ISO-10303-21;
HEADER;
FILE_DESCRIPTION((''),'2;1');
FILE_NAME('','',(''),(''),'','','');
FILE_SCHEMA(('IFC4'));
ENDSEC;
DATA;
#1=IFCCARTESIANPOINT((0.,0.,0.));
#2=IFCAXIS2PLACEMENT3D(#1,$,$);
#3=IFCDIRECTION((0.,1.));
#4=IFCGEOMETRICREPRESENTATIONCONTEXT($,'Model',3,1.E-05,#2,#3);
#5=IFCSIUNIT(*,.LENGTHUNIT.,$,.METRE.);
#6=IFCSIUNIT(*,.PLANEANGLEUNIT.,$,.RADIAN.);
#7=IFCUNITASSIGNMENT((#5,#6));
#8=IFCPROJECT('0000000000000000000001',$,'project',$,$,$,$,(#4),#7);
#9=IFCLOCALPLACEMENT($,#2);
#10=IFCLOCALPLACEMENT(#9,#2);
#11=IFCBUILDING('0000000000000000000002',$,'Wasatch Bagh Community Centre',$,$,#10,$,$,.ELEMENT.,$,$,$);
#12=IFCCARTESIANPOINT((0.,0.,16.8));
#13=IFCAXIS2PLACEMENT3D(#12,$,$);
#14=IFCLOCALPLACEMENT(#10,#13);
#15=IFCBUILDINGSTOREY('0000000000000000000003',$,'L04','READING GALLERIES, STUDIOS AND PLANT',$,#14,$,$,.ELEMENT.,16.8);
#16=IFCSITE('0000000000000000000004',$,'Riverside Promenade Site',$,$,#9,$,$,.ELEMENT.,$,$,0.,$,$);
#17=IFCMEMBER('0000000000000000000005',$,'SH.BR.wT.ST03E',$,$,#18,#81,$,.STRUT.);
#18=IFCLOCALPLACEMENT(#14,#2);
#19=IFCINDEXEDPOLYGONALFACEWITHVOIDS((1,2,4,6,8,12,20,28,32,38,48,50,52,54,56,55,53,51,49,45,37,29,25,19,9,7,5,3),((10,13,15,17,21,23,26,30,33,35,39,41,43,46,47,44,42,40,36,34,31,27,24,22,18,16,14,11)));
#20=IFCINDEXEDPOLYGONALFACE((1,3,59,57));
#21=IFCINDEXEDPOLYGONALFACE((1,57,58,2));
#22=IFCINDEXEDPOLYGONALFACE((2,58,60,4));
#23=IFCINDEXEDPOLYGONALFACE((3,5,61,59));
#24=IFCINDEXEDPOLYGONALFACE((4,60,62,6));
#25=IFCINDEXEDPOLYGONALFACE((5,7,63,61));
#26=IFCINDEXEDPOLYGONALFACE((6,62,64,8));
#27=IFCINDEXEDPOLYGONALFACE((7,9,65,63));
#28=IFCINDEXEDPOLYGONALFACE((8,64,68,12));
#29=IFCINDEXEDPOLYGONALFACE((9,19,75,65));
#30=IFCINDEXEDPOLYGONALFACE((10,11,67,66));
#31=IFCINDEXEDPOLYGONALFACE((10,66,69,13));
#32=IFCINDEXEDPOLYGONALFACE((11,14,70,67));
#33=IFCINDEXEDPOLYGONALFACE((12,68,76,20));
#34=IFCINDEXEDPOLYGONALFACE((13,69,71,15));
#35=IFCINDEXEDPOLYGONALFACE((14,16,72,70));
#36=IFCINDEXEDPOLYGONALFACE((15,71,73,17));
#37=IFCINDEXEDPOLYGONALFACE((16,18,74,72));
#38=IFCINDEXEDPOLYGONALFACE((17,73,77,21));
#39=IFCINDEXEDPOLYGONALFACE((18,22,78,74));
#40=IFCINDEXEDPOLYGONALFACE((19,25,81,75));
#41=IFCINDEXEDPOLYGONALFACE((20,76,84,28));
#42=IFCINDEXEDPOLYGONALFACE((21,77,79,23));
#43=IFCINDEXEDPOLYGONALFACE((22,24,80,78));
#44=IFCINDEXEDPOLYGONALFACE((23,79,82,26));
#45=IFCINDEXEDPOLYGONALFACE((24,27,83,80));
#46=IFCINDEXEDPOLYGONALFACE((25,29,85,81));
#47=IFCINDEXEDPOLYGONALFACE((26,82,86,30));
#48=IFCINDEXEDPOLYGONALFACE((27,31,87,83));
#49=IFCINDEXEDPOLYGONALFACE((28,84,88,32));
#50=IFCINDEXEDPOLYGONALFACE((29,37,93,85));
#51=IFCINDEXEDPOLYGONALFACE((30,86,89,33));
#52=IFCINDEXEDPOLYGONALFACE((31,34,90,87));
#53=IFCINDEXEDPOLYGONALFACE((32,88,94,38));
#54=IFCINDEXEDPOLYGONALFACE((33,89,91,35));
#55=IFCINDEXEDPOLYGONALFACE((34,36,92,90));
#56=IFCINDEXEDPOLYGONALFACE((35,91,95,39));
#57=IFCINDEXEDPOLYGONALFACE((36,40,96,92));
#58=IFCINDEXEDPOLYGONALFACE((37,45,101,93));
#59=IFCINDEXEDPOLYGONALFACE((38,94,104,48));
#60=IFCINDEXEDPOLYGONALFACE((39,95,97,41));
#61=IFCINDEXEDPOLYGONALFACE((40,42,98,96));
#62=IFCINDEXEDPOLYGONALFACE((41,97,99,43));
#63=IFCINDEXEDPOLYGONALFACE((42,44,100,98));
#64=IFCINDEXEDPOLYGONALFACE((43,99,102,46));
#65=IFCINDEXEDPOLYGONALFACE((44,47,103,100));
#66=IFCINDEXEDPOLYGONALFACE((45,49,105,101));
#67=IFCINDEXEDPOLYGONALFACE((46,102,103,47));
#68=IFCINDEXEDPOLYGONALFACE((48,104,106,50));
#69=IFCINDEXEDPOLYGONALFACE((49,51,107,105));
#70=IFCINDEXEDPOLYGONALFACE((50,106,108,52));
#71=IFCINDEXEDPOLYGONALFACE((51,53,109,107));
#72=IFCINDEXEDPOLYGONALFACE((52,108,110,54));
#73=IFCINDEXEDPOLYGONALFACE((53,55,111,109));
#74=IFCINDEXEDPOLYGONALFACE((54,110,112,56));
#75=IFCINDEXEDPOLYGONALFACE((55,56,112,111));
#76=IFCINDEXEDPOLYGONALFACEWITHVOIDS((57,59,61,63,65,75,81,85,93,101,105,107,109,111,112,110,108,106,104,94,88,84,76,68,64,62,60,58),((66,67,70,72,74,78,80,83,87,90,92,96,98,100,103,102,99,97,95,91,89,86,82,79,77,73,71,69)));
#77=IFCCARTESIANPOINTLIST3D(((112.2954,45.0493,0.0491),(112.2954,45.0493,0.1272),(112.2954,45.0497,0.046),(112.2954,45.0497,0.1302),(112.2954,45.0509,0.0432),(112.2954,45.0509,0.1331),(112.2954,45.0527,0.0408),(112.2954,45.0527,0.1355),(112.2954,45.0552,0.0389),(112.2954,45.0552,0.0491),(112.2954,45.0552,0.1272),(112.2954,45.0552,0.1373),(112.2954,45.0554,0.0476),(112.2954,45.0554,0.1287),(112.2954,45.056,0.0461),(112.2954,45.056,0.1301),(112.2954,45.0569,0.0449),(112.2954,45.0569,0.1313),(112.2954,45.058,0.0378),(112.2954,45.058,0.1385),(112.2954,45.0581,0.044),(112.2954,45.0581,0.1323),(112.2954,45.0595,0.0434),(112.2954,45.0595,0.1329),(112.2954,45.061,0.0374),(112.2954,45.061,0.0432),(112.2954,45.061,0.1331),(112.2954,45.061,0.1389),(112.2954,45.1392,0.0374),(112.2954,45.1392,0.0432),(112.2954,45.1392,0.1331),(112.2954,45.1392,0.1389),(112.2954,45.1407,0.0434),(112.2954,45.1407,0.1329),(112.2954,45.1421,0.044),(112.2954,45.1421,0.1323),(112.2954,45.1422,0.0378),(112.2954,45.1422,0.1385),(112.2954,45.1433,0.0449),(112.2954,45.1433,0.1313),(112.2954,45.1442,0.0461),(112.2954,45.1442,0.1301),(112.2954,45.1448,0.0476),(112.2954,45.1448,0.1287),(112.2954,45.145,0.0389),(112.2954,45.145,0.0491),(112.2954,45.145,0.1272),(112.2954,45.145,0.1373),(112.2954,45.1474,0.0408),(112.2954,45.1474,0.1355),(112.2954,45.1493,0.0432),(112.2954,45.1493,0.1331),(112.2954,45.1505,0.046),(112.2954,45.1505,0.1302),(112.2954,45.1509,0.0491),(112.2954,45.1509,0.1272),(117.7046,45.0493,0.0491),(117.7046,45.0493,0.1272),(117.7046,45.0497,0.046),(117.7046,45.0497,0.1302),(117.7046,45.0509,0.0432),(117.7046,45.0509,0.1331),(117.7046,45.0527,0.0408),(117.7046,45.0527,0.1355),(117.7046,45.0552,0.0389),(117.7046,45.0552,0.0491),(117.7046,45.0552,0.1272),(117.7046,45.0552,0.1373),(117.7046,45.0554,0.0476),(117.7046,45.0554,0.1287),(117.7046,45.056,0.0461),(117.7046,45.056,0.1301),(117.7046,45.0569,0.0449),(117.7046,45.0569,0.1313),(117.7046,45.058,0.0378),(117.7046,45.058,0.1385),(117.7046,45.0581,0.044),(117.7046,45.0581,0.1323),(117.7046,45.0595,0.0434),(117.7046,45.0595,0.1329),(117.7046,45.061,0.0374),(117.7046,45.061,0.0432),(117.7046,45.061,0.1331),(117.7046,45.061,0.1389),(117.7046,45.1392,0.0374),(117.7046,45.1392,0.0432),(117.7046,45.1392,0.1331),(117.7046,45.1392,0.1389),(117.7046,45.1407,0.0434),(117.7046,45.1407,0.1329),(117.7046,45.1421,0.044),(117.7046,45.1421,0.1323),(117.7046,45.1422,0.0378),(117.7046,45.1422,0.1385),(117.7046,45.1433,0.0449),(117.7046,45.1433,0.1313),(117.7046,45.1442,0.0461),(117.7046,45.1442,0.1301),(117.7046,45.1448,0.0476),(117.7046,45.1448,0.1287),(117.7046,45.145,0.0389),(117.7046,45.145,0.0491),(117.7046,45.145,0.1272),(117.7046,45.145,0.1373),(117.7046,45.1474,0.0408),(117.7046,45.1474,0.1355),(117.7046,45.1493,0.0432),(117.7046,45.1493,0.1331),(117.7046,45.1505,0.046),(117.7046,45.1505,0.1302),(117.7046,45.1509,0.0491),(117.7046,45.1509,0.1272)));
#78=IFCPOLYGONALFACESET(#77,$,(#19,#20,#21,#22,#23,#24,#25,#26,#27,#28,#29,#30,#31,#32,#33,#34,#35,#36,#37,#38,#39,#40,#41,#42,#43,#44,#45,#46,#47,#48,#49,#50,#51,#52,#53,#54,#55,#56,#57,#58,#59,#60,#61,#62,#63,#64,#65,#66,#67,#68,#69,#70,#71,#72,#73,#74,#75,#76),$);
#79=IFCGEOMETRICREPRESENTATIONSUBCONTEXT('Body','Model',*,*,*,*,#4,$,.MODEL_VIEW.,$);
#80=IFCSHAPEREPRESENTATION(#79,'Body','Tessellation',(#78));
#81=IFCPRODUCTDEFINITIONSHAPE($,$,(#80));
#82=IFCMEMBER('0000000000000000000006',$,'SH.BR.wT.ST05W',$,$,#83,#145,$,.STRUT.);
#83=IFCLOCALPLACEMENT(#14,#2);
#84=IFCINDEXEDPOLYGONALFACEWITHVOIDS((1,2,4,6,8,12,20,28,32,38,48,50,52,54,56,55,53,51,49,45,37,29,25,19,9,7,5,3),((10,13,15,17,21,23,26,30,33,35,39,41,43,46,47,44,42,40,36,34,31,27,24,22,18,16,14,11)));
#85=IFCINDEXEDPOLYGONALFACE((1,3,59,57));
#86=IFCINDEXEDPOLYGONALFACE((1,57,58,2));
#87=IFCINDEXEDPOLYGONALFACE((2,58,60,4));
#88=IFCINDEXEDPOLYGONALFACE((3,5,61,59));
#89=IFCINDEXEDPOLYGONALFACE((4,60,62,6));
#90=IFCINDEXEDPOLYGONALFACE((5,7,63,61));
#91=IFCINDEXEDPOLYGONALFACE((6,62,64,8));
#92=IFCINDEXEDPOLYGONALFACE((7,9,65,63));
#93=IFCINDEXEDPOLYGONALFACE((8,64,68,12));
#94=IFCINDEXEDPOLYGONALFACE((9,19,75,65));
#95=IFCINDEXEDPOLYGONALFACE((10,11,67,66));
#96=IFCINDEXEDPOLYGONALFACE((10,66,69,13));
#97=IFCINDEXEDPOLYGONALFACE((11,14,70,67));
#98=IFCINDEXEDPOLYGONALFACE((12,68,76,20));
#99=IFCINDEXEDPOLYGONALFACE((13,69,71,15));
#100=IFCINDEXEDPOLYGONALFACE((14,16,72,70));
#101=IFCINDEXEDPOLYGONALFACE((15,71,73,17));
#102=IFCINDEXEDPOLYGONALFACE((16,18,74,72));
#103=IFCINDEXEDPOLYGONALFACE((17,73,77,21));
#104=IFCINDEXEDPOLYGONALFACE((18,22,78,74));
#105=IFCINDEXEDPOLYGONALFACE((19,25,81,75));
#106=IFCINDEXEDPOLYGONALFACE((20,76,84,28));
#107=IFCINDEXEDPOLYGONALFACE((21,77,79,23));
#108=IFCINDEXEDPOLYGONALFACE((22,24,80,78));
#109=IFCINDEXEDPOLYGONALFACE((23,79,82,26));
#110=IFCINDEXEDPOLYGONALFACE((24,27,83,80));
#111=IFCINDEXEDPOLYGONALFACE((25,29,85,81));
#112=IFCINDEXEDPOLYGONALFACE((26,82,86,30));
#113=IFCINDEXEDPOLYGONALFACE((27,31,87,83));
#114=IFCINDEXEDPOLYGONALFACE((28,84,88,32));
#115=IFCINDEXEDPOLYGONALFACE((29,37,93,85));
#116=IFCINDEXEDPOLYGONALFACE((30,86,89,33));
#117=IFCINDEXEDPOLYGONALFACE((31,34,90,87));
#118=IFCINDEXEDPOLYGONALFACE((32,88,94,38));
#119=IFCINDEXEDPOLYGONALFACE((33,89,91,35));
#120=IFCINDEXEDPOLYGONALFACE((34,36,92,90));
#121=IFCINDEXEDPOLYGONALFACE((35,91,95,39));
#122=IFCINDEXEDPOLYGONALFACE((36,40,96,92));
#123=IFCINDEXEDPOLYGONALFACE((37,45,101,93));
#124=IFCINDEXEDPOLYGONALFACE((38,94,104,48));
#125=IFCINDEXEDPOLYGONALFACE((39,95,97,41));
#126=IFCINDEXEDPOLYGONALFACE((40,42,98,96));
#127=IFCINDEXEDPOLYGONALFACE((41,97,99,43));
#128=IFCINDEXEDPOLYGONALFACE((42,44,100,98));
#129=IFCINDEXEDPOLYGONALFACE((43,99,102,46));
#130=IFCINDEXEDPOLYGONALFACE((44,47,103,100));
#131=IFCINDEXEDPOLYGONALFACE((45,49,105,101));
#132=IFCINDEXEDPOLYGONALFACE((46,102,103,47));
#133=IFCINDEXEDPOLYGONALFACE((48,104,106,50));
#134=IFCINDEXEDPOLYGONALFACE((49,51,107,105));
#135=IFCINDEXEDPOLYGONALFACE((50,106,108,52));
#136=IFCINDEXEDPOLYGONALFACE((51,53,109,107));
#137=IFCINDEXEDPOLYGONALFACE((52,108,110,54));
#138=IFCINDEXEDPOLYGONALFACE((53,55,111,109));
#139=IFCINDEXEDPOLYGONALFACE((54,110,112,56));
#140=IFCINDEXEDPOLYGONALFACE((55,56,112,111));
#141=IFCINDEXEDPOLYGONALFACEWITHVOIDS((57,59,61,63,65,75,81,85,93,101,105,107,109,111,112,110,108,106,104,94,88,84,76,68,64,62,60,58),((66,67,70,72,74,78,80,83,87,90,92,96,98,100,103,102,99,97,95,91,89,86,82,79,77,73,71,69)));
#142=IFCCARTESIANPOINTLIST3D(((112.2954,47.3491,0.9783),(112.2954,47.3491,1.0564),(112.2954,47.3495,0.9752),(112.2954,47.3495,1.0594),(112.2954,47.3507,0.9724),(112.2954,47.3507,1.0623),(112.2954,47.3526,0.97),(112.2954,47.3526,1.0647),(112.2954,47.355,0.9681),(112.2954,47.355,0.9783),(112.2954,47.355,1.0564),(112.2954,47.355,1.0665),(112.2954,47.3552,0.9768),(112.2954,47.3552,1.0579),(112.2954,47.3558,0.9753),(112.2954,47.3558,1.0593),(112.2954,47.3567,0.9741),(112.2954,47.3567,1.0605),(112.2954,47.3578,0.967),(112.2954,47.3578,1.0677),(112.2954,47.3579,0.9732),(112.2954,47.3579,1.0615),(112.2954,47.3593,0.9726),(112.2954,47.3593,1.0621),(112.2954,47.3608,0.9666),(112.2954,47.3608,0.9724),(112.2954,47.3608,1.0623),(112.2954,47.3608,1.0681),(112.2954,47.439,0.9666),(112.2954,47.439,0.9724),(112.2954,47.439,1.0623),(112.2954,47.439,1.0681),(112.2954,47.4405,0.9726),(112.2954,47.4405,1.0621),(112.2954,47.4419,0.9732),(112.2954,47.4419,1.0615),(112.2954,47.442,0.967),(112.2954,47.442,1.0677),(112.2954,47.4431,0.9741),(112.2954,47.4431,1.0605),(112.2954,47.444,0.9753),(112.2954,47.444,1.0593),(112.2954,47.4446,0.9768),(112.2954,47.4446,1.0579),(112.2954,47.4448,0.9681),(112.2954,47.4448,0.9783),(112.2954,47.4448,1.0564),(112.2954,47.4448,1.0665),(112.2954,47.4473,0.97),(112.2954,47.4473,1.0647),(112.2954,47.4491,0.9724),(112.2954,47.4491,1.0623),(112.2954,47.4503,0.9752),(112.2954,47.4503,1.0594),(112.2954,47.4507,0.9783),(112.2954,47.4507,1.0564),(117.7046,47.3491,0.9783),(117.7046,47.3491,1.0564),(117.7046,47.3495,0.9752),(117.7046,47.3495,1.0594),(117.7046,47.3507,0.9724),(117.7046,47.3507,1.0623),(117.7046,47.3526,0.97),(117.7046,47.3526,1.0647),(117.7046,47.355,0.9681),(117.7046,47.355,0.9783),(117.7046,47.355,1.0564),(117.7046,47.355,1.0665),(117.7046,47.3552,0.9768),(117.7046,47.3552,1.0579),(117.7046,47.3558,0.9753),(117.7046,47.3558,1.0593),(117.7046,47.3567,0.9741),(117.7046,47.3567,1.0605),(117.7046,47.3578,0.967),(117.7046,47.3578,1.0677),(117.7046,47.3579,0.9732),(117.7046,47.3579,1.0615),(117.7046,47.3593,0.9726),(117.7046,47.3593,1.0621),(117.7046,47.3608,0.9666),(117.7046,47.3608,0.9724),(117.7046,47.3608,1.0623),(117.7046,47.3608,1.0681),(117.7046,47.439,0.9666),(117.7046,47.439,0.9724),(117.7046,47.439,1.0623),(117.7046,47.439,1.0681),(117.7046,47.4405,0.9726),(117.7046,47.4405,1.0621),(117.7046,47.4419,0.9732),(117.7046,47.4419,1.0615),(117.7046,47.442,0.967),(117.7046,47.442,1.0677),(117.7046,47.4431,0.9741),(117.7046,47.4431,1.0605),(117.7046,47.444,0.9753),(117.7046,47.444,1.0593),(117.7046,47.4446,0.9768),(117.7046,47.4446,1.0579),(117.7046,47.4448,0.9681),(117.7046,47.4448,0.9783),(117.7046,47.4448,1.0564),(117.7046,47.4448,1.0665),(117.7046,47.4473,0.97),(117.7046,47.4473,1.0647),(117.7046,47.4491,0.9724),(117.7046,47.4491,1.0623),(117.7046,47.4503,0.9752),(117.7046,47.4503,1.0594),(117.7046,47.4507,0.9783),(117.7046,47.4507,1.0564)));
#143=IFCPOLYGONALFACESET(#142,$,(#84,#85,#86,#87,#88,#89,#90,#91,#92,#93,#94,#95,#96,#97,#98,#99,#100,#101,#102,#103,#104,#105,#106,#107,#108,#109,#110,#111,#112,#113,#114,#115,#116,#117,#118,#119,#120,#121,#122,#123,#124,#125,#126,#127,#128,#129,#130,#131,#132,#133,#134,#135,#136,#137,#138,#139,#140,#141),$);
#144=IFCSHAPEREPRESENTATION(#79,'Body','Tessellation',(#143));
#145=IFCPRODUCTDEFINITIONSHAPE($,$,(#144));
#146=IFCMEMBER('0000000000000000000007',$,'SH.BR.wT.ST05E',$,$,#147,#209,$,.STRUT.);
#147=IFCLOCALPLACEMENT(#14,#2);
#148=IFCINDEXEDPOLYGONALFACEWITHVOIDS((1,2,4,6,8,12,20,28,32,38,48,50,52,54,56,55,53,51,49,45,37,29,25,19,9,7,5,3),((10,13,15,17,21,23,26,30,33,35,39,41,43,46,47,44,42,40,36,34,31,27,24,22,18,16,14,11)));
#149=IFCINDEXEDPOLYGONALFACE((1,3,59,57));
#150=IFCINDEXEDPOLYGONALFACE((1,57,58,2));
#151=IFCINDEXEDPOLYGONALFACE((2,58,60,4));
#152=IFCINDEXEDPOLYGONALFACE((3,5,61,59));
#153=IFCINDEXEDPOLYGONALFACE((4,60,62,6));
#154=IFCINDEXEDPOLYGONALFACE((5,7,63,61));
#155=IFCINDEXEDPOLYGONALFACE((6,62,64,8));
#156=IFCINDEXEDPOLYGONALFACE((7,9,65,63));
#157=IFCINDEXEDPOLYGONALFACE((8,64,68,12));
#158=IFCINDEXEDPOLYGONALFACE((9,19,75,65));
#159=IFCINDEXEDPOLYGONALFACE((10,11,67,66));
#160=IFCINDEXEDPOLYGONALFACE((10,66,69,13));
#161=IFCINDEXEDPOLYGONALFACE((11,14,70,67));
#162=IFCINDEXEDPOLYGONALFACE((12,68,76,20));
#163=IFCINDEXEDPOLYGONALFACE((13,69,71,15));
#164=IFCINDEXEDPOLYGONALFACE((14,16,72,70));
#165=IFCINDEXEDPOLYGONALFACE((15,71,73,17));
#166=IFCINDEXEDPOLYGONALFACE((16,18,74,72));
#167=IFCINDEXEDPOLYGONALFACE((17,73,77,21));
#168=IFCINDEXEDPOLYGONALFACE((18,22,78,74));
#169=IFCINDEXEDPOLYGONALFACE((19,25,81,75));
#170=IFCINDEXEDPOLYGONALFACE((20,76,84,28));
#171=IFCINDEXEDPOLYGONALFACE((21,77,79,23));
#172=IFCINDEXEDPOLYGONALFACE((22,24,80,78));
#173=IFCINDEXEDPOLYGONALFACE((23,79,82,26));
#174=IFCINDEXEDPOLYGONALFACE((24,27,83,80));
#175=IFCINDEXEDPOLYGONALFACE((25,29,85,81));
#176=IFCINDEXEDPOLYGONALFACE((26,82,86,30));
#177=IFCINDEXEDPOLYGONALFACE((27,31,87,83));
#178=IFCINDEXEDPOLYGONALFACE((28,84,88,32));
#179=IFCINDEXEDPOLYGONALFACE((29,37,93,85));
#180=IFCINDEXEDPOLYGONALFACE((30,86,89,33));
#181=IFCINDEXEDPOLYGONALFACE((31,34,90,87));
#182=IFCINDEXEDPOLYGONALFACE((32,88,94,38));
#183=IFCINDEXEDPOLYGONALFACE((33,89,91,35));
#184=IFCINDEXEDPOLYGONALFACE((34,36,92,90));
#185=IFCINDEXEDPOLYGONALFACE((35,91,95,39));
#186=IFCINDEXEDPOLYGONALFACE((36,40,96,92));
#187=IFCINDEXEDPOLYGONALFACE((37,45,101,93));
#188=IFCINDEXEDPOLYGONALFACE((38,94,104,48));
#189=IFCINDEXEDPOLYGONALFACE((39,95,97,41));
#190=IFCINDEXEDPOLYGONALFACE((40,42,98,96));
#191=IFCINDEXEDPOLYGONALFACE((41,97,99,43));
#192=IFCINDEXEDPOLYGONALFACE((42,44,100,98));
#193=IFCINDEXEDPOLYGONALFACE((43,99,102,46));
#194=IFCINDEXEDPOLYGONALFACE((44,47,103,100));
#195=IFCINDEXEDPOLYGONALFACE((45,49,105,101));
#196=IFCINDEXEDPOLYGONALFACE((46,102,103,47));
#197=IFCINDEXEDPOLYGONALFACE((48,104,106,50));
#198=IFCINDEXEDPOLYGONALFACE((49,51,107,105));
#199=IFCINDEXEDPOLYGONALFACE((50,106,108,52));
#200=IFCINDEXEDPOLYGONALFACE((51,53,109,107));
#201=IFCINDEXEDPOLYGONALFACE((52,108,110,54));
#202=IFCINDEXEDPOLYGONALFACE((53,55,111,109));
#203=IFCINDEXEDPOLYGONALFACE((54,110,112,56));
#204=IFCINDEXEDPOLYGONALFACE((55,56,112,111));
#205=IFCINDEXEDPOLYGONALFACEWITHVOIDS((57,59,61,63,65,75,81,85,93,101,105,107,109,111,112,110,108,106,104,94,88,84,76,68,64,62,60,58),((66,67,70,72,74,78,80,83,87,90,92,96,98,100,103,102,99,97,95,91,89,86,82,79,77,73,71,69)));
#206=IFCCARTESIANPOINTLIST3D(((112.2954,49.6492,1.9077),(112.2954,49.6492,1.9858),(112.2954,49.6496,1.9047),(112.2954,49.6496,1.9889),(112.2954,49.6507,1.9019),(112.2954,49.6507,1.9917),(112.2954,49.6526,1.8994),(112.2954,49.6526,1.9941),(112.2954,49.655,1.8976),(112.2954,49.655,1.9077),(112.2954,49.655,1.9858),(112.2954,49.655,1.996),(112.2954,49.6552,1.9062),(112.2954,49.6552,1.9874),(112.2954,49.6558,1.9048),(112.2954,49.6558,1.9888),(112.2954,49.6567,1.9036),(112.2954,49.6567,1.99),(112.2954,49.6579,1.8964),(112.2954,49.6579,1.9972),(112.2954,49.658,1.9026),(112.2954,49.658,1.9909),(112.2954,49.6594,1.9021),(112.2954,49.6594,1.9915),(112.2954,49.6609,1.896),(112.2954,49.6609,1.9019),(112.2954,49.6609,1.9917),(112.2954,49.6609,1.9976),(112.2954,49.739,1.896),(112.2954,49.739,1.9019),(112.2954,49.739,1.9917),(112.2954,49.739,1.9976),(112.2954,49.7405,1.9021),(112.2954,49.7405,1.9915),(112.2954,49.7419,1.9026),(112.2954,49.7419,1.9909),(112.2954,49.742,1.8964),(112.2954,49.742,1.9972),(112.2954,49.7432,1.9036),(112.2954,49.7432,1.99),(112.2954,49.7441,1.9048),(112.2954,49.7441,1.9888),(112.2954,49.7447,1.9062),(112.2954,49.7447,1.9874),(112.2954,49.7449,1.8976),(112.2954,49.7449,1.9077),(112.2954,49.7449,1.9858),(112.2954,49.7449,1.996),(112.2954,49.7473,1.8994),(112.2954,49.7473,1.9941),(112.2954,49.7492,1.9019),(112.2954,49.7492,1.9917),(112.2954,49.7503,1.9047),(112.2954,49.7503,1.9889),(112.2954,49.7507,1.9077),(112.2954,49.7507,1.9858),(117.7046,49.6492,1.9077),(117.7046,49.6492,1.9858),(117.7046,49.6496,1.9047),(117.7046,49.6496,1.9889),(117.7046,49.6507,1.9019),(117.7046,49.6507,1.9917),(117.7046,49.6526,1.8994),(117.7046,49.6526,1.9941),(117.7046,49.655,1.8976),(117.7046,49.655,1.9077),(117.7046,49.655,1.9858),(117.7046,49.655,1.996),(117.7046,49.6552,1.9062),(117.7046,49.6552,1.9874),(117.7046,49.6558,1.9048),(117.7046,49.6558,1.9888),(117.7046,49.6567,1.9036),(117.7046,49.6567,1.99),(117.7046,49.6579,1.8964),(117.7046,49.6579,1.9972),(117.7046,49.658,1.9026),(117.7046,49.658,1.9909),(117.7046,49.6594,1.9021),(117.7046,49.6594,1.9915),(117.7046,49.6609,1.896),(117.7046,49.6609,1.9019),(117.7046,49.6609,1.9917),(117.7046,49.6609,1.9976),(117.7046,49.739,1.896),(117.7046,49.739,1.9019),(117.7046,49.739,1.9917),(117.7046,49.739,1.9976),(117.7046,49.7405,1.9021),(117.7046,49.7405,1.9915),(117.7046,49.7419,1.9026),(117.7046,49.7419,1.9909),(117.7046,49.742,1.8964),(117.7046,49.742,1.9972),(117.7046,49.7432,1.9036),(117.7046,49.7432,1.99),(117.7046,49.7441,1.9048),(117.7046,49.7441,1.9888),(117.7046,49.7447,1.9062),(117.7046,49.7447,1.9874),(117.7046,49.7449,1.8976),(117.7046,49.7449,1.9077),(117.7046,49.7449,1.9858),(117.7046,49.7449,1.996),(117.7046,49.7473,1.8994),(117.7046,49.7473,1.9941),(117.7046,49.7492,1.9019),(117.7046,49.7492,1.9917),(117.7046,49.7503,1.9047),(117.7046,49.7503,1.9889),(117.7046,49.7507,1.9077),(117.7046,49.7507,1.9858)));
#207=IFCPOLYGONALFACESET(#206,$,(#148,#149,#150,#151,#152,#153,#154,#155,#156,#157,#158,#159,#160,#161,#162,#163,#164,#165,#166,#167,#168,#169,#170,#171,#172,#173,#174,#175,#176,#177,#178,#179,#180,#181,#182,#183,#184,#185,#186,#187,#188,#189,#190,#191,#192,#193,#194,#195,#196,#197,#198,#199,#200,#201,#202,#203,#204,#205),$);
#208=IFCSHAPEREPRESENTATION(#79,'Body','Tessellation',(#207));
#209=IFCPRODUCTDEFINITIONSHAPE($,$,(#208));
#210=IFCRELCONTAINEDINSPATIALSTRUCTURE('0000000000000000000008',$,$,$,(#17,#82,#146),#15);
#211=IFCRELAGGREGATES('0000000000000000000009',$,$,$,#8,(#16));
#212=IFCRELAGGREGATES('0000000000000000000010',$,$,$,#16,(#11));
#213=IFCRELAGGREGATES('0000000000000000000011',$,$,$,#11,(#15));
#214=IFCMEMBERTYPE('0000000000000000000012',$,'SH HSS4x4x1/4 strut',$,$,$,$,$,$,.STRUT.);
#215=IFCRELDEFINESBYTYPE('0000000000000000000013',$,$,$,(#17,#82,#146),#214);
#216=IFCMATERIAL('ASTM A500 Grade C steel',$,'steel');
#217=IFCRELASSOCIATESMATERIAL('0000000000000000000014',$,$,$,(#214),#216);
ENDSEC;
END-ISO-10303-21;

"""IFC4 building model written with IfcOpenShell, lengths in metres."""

from ifc_helpers import new_model, si_unit, direction, frame, origin, origin_2d, place, context, subcontext, project, spatial, hollow_rectangle, extrude, material, material_profile, profile_set, type_object, element, save


model = new_model("IFC4")

# Units and contexts
model_context = context("Model", 3, precision=1e-05, world=origin(), true_north=direction((0.0, 1.0)))
body_context = subcontext(model_context, "Body", "Model", "MODEL_VIEW")
ifc_project = project(units=[si_unit("LENGTHUNIT", "METRE"), si_unit("PLANEANGLEUNIT", "RADIAN")], contexts=[model_context])

# Site, building, storey
site_placement = place(None, origin())
site = spatial("IfcSite", under=ifc_project, at=site_placement, Name="Riverside Promenade Site", CompositionType="ELEMENT", RefElevation=0.0)
building_placement = place(site_placement, origin())
building = spatial("IfcBuilding", under=site, at=building_placement, Name="Wasatch Bagh Community Centre", CompositionType="ELEMENT")
storey_placement = place(building_placement, frame((0.0, 0.0, 16.8)))
storey = spatial("IfcBuildingStorey", under=building, at=storey_placement, Name="L04", Description="READING GALLERIES, STUDIOS AND PLANT", CompositionType="ELEMENT", Elevation=16.8)

# Members
ifc_material_1 = material(Name="ASTM A500 Grade C steel", Category="steel")
ifc_material_profile_1 = material_profile(ifc_material_1, hollow_rectangle(XDim=0.1016, YDim=0.1016, WallThickness=0.0059, InnerFilletRadius=0.0059, OuterFilletRadius=0.0117, at=origin_2d()), Name="HSS4x4x1/4")
ifc_profile_set_1 = profile_set([ifc_material_profile_1], Name="ASTM A500 Grade C steel")
member_type_1 = type_object("IfcMemberType", Name="SH HSS4x4x1/4 strut", PredefinedType="STRUT", material=ifc_profile_set_1)
for number, where, z_axis, x_axis, name in (
    (1, (112.2954, 45.1001, 0.0881), (1.0, 0.0, 0.0), (0.0, 1.0, 0.0), "SH.BR.wT.ST03E"),
    (2, (112.2954, 47.3999, 1.0173), (1.0, 0.0, 0.0), (0.0, 1.0, 0.0), "SH.BR.wT.ST05W"),
    (3, (112.2954, 49.7, 1.9468), (1.0, 0.0, 0.0), (0.0, 1.0, 0.0), "SH.BR.wT.ST05E"),
):
    element("IfcMember", number, at=place(storey_placement, frame(where, z_axis=z_axis, x_axis=x_axis)), inside=storey, type_object=member_type_1, Name=name, PredefinedType="STRUT", context=body_context, shape_type="SweptSolid", body=[
        extrude(hollow_rectangle(XDim=0.1016, YDim=0.1016, WallThickness=0.0059, InnerFilletRadius=0.0059, OuterFilletRadius=0.0117, at=origin_2d()), origin(), (0.0, 0.0, 1.0), 5.4092),
    ])

save(model, "model.ifc")
